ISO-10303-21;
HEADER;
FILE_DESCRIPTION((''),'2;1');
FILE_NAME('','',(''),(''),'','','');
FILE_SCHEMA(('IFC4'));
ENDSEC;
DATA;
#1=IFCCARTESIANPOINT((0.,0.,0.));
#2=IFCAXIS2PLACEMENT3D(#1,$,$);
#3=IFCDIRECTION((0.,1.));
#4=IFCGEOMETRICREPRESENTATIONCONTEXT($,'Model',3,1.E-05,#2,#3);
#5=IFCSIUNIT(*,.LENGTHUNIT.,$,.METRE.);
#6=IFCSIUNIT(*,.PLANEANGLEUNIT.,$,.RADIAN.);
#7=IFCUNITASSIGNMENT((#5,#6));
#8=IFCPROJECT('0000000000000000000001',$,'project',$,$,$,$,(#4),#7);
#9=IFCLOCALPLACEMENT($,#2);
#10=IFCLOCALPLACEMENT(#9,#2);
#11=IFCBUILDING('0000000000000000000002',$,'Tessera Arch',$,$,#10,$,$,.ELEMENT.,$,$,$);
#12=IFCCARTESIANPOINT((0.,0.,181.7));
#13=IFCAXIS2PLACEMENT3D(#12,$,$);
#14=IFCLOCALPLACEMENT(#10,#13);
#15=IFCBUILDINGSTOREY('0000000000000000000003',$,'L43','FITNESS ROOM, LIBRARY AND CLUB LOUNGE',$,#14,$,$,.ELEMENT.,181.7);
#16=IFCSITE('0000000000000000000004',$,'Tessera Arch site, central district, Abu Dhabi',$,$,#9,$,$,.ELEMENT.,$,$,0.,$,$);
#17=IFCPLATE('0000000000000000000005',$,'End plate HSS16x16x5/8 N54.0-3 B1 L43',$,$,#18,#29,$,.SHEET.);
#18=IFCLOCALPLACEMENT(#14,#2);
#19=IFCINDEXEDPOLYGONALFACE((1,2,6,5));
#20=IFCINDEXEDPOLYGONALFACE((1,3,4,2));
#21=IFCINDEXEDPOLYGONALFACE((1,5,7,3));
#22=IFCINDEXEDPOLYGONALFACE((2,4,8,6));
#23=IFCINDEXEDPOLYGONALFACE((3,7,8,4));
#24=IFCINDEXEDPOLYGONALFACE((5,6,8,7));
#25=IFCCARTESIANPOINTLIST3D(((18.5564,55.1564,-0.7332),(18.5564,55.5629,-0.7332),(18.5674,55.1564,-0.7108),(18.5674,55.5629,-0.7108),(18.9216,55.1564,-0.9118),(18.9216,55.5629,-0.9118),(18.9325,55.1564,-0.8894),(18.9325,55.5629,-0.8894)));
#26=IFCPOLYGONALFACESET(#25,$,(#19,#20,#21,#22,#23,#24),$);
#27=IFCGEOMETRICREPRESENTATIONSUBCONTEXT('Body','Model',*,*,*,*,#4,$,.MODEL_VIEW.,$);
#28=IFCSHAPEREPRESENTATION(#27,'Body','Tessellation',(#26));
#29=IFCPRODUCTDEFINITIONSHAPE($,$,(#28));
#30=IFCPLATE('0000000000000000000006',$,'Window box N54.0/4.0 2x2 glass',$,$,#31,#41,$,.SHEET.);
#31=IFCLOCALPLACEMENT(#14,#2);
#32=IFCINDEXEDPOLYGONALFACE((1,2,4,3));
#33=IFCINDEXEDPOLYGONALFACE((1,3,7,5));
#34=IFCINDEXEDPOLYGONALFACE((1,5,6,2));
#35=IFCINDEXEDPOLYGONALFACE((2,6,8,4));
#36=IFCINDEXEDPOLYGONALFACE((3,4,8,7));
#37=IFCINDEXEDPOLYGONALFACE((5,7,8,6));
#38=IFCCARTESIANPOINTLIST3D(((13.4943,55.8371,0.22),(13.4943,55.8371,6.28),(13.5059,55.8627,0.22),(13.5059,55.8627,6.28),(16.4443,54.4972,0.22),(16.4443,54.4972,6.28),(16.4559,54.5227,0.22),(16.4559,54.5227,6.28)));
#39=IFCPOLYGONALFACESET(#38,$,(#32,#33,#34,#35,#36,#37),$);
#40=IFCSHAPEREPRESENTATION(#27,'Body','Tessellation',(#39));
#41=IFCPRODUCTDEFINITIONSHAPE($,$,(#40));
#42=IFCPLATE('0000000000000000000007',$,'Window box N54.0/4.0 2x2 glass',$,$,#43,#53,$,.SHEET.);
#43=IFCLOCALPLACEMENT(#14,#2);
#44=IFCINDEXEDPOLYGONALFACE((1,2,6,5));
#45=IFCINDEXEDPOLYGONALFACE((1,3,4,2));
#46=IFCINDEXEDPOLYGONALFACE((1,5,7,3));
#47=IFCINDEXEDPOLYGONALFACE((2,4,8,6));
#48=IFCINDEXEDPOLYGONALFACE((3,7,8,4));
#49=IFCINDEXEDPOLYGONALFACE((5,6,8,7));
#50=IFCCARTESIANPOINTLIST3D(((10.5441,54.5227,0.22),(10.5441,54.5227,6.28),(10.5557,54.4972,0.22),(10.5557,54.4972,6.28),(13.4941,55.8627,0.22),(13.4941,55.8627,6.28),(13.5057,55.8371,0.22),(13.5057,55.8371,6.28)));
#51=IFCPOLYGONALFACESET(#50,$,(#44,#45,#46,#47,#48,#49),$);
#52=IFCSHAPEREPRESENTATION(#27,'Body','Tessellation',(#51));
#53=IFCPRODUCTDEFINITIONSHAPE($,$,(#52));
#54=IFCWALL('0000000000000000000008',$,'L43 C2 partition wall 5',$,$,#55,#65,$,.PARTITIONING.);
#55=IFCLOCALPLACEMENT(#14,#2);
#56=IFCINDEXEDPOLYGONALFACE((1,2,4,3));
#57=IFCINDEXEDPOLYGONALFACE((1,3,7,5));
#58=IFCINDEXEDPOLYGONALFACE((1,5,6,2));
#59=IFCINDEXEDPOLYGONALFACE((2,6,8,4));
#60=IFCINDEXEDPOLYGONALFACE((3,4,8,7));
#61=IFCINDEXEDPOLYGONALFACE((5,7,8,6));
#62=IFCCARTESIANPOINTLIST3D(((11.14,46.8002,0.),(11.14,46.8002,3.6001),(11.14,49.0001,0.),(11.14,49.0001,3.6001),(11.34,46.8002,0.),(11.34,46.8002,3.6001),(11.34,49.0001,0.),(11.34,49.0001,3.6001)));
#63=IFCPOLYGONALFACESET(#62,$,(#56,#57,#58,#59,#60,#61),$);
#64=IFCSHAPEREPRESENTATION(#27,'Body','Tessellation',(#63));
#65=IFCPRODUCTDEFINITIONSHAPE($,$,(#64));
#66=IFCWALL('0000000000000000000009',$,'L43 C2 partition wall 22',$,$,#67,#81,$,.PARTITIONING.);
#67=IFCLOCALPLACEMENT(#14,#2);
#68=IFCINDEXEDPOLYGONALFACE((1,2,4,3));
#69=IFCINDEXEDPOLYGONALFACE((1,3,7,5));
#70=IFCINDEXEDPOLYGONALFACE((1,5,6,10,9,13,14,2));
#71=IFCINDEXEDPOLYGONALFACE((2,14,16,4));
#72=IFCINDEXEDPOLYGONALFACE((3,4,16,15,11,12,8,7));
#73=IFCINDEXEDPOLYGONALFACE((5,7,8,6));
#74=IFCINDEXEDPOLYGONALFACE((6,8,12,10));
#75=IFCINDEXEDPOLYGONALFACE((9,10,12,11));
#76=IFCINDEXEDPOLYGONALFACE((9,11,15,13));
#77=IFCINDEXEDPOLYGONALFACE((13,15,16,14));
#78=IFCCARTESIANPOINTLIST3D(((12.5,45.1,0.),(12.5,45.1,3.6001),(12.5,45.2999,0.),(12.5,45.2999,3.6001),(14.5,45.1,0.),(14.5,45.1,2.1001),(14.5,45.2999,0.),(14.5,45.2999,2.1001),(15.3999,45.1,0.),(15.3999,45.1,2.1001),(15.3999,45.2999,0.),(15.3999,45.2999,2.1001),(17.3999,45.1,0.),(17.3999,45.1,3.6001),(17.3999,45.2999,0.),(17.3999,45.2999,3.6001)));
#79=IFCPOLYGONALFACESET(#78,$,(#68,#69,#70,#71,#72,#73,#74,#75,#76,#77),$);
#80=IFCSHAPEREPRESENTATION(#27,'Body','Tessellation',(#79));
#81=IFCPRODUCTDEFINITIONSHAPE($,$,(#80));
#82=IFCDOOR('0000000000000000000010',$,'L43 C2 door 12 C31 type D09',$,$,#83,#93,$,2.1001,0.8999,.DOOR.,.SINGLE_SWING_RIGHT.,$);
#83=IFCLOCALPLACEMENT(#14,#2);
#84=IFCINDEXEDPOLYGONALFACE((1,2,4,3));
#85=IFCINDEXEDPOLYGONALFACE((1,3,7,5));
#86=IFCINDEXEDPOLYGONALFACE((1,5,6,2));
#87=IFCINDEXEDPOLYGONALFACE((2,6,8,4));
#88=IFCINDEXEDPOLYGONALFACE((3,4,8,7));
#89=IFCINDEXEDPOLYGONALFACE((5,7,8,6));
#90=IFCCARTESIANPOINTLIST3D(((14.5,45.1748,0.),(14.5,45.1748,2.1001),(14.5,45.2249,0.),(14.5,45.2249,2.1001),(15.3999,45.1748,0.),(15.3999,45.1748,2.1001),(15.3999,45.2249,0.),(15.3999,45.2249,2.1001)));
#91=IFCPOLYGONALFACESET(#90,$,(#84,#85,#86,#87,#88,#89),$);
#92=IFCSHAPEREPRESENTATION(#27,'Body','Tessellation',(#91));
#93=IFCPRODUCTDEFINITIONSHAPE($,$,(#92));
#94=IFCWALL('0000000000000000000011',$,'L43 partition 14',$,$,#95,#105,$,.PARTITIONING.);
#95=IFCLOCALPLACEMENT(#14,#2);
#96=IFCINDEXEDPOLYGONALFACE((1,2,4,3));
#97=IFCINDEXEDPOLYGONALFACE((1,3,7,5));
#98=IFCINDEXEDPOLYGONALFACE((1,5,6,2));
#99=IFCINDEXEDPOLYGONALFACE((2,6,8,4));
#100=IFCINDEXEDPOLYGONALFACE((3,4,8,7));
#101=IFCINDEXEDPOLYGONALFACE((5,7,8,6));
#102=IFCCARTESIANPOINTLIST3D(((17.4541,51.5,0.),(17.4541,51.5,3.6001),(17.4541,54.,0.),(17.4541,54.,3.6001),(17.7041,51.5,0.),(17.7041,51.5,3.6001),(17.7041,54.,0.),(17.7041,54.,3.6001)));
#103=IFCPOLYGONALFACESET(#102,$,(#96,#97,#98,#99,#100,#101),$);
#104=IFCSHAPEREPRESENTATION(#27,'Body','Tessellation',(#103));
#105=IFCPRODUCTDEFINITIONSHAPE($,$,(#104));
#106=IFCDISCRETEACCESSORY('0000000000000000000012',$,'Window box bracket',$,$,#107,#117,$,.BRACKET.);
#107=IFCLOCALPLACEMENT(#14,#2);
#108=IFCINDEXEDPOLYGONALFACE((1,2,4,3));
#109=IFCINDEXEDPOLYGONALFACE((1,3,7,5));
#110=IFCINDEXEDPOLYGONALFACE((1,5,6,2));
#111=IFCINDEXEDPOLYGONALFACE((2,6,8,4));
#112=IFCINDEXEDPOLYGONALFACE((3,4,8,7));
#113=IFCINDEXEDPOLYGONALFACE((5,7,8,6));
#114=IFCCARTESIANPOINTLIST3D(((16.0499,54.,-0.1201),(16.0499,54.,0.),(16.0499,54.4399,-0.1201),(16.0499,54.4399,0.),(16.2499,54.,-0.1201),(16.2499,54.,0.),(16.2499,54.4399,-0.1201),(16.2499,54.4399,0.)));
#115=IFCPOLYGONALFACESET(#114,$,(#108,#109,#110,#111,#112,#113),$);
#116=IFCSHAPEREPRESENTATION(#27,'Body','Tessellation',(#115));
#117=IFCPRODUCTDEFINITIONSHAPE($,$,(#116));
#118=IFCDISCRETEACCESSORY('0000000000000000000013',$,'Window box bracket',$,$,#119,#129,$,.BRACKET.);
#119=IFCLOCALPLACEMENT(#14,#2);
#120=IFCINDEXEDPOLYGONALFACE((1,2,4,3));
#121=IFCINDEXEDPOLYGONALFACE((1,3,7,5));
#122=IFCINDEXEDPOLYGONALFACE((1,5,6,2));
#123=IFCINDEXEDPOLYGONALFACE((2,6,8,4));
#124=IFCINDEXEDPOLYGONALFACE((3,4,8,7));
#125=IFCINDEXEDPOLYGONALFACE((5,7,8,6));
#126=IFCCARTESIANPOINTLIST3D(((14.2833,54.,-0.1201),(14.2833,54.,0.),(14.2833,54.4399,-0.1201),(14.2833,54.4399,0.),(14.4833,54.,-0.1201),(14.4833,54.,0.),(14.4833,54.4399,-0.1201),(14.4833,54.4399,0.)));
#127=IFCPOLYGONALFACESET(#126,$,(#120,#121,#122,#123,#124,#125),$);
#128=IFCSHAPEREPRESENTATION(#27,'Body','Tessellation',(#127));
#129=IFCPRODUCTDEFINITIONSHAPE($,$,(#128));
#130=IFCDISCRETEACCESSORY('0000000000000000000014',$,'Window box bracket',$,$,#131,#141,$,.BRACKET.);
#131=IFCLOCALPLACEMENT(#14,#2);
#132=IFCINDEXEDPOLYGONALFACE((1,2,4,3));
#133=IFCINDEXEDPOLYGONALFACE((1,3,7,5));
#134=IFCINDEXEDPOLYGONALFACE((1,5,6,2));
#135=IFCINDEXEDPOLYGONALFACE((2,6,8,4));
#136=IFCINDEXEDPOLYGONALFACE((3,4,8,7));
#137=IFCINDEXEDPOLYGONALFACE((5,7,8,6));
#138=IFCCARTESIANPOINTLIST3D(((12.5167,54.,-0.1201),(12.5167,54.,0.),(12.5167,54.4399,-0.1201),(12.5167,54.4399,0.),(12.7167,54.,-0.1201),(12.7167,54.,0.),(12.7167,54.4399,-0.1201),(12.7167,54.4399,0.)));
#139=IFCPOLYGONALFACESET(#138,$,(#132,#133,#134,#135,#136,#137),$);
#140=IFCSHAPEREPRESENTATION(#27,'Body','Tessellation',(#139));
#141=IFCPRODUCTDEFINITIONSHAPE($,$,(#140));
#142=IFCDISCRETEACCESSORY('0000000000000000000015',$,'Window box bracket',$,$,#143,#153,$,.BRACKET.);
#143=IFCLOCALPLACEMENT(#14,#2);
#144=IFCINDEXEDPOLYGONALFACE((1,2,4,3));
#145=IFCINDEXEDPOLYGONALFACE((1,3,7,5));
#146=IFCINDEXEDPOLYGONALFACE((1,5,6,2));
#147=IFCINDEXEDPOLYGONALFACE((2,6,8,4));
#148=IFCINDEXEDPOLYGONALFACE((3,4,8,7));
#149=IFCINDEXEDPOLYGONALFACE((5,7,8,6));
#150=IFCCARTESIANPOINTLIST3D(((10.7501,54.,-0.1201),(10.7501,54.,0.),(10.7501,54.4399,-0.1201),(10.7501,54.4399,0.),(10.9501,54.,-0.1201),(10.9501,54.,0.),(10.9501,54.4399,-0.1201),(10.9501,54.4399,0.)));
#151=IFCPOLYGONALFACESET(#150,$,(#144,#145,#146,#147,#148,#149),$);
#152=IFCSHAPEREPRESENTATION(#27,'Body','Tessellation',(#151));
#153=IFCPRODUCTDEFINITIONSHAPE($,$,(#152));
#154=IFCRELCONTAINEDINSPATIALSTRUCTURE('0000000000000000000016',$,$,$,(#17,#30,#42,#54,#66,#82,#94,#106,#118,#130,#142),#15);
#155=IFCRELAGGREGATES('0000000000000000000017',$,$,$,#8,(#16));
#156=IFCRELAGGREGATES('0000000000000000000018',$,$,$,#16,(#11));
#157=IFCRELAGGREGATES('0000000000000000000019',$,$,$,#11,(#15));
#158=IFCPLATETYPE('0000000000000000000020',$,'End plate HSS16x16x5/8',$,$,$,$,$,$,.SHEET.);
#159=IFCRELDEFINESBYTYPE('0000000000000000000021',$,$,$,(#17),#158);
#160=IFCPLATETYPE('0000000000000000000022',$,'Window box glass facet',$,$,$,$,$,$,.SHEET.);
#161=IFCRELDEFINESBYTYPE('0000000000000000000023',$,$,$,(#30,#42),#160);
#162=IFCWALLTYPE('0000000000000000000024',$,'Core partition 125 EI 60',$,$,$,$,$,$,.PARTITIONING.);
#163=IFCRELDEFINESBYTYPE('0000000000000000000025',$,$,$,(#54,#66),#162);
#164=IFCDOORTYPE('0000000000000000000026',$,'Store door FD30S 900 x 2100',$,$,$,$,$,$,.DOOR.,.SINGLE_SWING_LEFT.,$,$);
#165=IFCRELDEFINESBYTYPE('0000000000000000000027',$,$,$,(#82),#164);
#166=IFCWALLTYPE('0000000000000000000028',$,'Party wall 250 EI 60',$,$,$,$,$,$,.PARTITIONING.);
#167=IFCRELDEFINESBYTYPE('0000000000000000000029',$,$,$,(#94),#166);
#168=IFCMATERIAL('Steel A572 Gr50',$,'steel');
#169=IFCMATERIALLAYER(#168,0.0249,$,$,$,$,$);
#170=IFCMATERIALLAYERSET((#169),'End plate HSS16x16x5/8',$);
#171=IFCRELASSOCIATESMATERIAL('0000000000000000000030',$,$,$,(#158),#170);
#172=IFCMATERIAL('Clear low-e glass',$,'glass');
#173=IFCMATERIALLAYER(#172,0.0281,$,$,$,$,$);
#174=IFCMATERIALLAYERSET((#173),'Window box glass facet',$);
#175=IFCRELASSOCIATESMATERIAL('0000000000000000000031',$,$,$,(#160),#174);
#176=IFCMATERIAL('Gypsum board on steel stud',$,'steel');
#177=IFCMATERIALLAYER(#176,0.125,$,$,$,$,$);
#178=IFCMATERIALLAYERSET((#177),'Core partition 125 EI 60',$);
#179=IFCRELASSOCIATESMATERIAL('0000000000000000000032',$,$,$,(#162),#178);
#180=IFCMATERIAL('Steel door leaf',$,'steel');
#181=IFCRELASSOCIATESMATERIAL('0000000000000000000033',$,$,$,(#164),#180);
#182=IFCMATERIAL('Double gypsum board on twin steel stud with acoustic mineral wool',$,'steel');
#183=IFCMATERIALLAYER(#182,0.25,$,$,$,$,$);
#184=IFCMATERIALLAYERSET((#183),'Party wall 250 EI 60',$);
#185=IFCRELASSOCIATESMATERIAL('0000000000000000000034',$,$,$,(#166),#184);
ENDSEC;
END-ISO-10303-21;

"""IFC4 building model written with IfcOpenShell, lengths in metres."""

from ifc_helpers import new_model, si_unit, direction, frame, frame_2d, origin, origin_2d, place, context, subcontext, project, spatial, rectangle, extrude, material, layer, layer_set, type_object, element, fill, save


model = new_model("IFC4")

# Units and contexts
model_context = context("Model", 3, precision=1e-05, world=origin(), true_north=direction((0.0, 1.0)))
body_context = subcontext(model_context, "Body", "Model", "MODEL_VIEW")
ifc_project = project(units=[si_unit("LENGTHUNIT", "METRE"), si_unit("PLANEANGLEUNIT", "RADIAN")], contexts=[model_context])

# Site, building, storey
site_placement = place(None, origin())
site = spatial("IfcSite", under=ifc_project, at=site_placement, Name="Tessera Arch site, central district, Abu Dhabi", CompositionType="ELEMENT", RefElevation=0.0)
building_placement = place(site_placement, origin())
building = spatial("IfcBuilding", under=site, at=building_placement, Name="Tessera Arch", CompositionType="ELEMENT")
storey_placement = place(building_placement, frame((0.0, 0.0, 181.7)))
storey = spatial("IfcBuildingStorey", under=building, at=storey_placement, Name="L43", Description="FITNESS ROOM, LIBRARY AND CLUB LOUNGE", CompositionType="ELEMENT", Elevation=181.7)

# Plates
ifc_material_1 = material(Name="Steel A572 Gr50", Category="steel")
ifc_layer_1 = layer(ifc_material_1, 0.0249)
ifc_layer_set_1 = layer_set([ifc_layer_1], Name="End plate HSS16x16x5/8")
plate_type_1 = type_object("IfcPlateType", Name="End plate HSS16x16x5/8", PredefinedType="SHEET", material=ifc_layer_set_1)
for number, where, z_axis, x_axis, name in (
    (1, (18.739, 55.3596, -0.8225), (0.439385, 0.0, 0.898299), (0.0, 1.0, 0.0), "End plate HSS16x16x5/8 N54.0-3 B1 L43"),
):
    element("IfcPlate", number, at=place(storey_placement, frame(where, z_axis=z_axis, x_axis=x_axis)), inside=storey, type_object=plate_type_1, Name=name, PredefinedType="SHEET", context=body_context, shape_type="SweptSolid", body=[
        extrude(rectangle(XDim=0.4065, YDim=0.4065, at=origin_2d()), origin(), (0.0, 0.0, 1.0), 0.0249),
    ])
ifc_material_2 = material(Name="Clear low-e glass", Category="glass")
ifc_layer_2 = layer(ifc_material_2, 0.0281)
ifc_layer_set_2 = layer_set([ifc_layer_2], Name="Window box glass facet")
plate_type_2 = type_object("IfcPlateType", Name="Window box glass facet", PredefinedType="SHEET", material=ifc_layer_set_2)
for number, where, z_axis, x_axis, name in (
    (2, (14.9751, 55.1799, 0.22), (0.0, 0.0, 1.0), (-0.910472, 0.41357, 0.0), "Window box N54.0/4.0 2x2 glass"),
    (3, (12.0249, 55.1799, 0.22), (0.0, 0.0, 1.0), (0.910472, 0.41357, 0.0), "Window box N54.0/4.0 2x2 glass"),
):
    element("IfcPlate", number, at=place(storey_placement, frame(where, z_axis=z_axis, x_axis=x_axis)), inside=storey, type_object=plate_type_2, Name=name, PredefinedType="SHEET", context=body_context, shape_type="SweptSolid", body=[
        extrude(rectangle(XDim=3.24, YDim=0.0281, at=origin_2d()), origin(), (0.0, 0.0, 1.0), 6.0601),
    ])

# Wall
ifc_material_3 = material(Name="Gypsum board on steel stud", Category="steel")
ifc_layer_3 = layer(ifc_material_3, 0.125)
ifc_layer_set_3 = layer_set([ifc_layer_3], Name="Core partition 125 EI 60")
wall_type_1 = type_object("IfcWallType", Name="Core partition 125 EI 60", PredefinedType="PARTITIONING", material=ifc_layer_set_3)
wall_1_placement = place(storey_placement, frame((11.24, 46.8, 0.0), z_axis=(0.0, 0.0, 1.0), x_axis=(0.0, 1.0, 0.0)))
element("IfcWall", 4, at=wall_1_placement, inside=storey, type_object=wall_type_1, Name="L43 C2 partition wall 5", PredefinedType="PARTITIONING", context=body_context, shape_type="SweptSolid", body=[
    extrude(rectangle(XDim=2.2, YDim=0.2, at=frame_2d((1.1001, 0.0))), origin(), (0.0, 0.0, 1.0), 3.6001),
])

# Wall, opening, door
wall_2_placement = place(storey_placement, frame((12.5, 45.2, 0.0), z_axis=(0.0, 0.0, 1.0), x_axis=(1.0, 0.0, 0.0)))
wall_2 = element("IfcWall", 5, at=wall_2_placement, inside=storey, type_object=wall_type_1, Name="L43 C2 partition wall 22", PredefinedType="PARTITIONING", context=body_context, shape_type="SweptSolid", body=[
    extrude(rectangle(XDim=4.8999, YDim=0.2, at=frame_2d((2.45, 0.0))), origin(), (0.0, 0.0, 1.0), 3.6001),
])
opening_placement = place(wall_2_placement, frame((2.0, 0.0, 0.0)))
opening = element("IfcOpeningElement", 6, at=opening_placement, cuts=wall_2, PredefinedType="OPENING", context=body_context, shape_type="SweptSolid", body=[
    extrude(rectangle(XDim=0.8999, YDim=2.1001, at=frame_2d((0.45, 1.05))), frame((0.0, 0.1099, 0.0), z_axis=(0.0, -1.0, 0.0), x_axis=(1.0, 0.0, 0.0)), (0.0, 0.0, 1.0), 0.22),
])
ifc_material_4 = material(Name="Steel door leaf", Category="steel")
door_type = type_object("IfcDoorType", Name="Store door FD30S 900 x 2100", OperationType="SINGLE_SWING_LEFT", PredefinedType="DOOR", material=ifc_material_4)
door_placement = place(opening_placement, origin())
door = element("IfcDoor", 7, at=door_placement, inside=storey, type_object=door_type, Name="L43 C2 door 12 C31 type D09", OperationType="SINGLE_SWING_RIGHT", OverallHeight=2.1001, OverallWidth=0.8999, PredefinedType="DOOR", context=body_context, shape_type="SweptSolid", body=[
    extrude(rectangle(XDim=0.8999, YDim=2.1001, at=frame_2d((0.45, 1.05))), frame((0.0, 0.0249, 0.0), z_axis=(0.0, -1.0, 0.0), x_axis=(1.0, 0.0, 0.0)), (0.0, 0.0, 1.0), 0.05),
])
fill(opening, door)

# Wall
ifc_material_5 = material(Name="Double gypsum board on twin steel stud with acoustic mineral wool", Category="steel")
ifc_layer_4 = layer(ifc_material_5, 0.25)
ifc_layer_set_4 = layer_set([ifc_layer_4], Name="Party wall 250 EI 60")
wall_type_2 = type_object("IfcWallType", Name="Party wall 250 EI 60", PredefinedType="PARTITIONING", material=ifc_layer_set_4)
wall_3_placement = place(storey_placement, frame((17.5791, 51.5, 0.0), z_axis=(0.0, 0.0, 1.0), x_axis=(0.0, 1.0, 0.0)))
element("IfcWall", 8, at=wall_3_placement, inside=storey, type_object=wall_type_2, Name="L43 partition 14", PredefinedType="PARTITIONING", context=body_context, shape_type="SweptSolid", body=[
    extrude(rectangle(XDim=2.5, YDim=0.25, at=frame_2d((1.25, 0.0))), origin(), (0.0, 0.0, 1.0), 3.6001),
])

# Discrete accessories
for number, where, z_axis, x_axis, name in (
    (9, (16.1499, 54.22, -0.1201), (0.0, 0.0, 1.0), (0.0, 1.0, 0.0), "Window box bracket"),
    (10, (14.3833, 54.22, -0.1201), (0.0, 0.0, 1.0), (0.0, 1.0, 0.0), "Window box bracket"),
    (11, (12.6167, 54.22, -0.1201), (0.0, 0.0, 1.0), (0.0, 1.0, 0.0), "Window box bracket"),
    (12, (10.8501, 54.22, -0.1201), (0.0, 0.0, 1.0), (0.0, 1.0, 0.0), "Window box bracket"),
):
    element("IfcDiscreteAccessory", number, at=place(storey_placement, frame(where, z_axis=z_axis, x_axis=x_axis)), inside=storey, Name=name, PredefinedType="BRACKET", context=body_context, shape_type="SweptSolid", body=[
        extrude(rectangle(XDim=0.4399, YDim=0.2, at=origin_2d()), origin(), (0.0, 0.0, 1.0), 0.1201),
    ])

save(model, "model.ifc")
